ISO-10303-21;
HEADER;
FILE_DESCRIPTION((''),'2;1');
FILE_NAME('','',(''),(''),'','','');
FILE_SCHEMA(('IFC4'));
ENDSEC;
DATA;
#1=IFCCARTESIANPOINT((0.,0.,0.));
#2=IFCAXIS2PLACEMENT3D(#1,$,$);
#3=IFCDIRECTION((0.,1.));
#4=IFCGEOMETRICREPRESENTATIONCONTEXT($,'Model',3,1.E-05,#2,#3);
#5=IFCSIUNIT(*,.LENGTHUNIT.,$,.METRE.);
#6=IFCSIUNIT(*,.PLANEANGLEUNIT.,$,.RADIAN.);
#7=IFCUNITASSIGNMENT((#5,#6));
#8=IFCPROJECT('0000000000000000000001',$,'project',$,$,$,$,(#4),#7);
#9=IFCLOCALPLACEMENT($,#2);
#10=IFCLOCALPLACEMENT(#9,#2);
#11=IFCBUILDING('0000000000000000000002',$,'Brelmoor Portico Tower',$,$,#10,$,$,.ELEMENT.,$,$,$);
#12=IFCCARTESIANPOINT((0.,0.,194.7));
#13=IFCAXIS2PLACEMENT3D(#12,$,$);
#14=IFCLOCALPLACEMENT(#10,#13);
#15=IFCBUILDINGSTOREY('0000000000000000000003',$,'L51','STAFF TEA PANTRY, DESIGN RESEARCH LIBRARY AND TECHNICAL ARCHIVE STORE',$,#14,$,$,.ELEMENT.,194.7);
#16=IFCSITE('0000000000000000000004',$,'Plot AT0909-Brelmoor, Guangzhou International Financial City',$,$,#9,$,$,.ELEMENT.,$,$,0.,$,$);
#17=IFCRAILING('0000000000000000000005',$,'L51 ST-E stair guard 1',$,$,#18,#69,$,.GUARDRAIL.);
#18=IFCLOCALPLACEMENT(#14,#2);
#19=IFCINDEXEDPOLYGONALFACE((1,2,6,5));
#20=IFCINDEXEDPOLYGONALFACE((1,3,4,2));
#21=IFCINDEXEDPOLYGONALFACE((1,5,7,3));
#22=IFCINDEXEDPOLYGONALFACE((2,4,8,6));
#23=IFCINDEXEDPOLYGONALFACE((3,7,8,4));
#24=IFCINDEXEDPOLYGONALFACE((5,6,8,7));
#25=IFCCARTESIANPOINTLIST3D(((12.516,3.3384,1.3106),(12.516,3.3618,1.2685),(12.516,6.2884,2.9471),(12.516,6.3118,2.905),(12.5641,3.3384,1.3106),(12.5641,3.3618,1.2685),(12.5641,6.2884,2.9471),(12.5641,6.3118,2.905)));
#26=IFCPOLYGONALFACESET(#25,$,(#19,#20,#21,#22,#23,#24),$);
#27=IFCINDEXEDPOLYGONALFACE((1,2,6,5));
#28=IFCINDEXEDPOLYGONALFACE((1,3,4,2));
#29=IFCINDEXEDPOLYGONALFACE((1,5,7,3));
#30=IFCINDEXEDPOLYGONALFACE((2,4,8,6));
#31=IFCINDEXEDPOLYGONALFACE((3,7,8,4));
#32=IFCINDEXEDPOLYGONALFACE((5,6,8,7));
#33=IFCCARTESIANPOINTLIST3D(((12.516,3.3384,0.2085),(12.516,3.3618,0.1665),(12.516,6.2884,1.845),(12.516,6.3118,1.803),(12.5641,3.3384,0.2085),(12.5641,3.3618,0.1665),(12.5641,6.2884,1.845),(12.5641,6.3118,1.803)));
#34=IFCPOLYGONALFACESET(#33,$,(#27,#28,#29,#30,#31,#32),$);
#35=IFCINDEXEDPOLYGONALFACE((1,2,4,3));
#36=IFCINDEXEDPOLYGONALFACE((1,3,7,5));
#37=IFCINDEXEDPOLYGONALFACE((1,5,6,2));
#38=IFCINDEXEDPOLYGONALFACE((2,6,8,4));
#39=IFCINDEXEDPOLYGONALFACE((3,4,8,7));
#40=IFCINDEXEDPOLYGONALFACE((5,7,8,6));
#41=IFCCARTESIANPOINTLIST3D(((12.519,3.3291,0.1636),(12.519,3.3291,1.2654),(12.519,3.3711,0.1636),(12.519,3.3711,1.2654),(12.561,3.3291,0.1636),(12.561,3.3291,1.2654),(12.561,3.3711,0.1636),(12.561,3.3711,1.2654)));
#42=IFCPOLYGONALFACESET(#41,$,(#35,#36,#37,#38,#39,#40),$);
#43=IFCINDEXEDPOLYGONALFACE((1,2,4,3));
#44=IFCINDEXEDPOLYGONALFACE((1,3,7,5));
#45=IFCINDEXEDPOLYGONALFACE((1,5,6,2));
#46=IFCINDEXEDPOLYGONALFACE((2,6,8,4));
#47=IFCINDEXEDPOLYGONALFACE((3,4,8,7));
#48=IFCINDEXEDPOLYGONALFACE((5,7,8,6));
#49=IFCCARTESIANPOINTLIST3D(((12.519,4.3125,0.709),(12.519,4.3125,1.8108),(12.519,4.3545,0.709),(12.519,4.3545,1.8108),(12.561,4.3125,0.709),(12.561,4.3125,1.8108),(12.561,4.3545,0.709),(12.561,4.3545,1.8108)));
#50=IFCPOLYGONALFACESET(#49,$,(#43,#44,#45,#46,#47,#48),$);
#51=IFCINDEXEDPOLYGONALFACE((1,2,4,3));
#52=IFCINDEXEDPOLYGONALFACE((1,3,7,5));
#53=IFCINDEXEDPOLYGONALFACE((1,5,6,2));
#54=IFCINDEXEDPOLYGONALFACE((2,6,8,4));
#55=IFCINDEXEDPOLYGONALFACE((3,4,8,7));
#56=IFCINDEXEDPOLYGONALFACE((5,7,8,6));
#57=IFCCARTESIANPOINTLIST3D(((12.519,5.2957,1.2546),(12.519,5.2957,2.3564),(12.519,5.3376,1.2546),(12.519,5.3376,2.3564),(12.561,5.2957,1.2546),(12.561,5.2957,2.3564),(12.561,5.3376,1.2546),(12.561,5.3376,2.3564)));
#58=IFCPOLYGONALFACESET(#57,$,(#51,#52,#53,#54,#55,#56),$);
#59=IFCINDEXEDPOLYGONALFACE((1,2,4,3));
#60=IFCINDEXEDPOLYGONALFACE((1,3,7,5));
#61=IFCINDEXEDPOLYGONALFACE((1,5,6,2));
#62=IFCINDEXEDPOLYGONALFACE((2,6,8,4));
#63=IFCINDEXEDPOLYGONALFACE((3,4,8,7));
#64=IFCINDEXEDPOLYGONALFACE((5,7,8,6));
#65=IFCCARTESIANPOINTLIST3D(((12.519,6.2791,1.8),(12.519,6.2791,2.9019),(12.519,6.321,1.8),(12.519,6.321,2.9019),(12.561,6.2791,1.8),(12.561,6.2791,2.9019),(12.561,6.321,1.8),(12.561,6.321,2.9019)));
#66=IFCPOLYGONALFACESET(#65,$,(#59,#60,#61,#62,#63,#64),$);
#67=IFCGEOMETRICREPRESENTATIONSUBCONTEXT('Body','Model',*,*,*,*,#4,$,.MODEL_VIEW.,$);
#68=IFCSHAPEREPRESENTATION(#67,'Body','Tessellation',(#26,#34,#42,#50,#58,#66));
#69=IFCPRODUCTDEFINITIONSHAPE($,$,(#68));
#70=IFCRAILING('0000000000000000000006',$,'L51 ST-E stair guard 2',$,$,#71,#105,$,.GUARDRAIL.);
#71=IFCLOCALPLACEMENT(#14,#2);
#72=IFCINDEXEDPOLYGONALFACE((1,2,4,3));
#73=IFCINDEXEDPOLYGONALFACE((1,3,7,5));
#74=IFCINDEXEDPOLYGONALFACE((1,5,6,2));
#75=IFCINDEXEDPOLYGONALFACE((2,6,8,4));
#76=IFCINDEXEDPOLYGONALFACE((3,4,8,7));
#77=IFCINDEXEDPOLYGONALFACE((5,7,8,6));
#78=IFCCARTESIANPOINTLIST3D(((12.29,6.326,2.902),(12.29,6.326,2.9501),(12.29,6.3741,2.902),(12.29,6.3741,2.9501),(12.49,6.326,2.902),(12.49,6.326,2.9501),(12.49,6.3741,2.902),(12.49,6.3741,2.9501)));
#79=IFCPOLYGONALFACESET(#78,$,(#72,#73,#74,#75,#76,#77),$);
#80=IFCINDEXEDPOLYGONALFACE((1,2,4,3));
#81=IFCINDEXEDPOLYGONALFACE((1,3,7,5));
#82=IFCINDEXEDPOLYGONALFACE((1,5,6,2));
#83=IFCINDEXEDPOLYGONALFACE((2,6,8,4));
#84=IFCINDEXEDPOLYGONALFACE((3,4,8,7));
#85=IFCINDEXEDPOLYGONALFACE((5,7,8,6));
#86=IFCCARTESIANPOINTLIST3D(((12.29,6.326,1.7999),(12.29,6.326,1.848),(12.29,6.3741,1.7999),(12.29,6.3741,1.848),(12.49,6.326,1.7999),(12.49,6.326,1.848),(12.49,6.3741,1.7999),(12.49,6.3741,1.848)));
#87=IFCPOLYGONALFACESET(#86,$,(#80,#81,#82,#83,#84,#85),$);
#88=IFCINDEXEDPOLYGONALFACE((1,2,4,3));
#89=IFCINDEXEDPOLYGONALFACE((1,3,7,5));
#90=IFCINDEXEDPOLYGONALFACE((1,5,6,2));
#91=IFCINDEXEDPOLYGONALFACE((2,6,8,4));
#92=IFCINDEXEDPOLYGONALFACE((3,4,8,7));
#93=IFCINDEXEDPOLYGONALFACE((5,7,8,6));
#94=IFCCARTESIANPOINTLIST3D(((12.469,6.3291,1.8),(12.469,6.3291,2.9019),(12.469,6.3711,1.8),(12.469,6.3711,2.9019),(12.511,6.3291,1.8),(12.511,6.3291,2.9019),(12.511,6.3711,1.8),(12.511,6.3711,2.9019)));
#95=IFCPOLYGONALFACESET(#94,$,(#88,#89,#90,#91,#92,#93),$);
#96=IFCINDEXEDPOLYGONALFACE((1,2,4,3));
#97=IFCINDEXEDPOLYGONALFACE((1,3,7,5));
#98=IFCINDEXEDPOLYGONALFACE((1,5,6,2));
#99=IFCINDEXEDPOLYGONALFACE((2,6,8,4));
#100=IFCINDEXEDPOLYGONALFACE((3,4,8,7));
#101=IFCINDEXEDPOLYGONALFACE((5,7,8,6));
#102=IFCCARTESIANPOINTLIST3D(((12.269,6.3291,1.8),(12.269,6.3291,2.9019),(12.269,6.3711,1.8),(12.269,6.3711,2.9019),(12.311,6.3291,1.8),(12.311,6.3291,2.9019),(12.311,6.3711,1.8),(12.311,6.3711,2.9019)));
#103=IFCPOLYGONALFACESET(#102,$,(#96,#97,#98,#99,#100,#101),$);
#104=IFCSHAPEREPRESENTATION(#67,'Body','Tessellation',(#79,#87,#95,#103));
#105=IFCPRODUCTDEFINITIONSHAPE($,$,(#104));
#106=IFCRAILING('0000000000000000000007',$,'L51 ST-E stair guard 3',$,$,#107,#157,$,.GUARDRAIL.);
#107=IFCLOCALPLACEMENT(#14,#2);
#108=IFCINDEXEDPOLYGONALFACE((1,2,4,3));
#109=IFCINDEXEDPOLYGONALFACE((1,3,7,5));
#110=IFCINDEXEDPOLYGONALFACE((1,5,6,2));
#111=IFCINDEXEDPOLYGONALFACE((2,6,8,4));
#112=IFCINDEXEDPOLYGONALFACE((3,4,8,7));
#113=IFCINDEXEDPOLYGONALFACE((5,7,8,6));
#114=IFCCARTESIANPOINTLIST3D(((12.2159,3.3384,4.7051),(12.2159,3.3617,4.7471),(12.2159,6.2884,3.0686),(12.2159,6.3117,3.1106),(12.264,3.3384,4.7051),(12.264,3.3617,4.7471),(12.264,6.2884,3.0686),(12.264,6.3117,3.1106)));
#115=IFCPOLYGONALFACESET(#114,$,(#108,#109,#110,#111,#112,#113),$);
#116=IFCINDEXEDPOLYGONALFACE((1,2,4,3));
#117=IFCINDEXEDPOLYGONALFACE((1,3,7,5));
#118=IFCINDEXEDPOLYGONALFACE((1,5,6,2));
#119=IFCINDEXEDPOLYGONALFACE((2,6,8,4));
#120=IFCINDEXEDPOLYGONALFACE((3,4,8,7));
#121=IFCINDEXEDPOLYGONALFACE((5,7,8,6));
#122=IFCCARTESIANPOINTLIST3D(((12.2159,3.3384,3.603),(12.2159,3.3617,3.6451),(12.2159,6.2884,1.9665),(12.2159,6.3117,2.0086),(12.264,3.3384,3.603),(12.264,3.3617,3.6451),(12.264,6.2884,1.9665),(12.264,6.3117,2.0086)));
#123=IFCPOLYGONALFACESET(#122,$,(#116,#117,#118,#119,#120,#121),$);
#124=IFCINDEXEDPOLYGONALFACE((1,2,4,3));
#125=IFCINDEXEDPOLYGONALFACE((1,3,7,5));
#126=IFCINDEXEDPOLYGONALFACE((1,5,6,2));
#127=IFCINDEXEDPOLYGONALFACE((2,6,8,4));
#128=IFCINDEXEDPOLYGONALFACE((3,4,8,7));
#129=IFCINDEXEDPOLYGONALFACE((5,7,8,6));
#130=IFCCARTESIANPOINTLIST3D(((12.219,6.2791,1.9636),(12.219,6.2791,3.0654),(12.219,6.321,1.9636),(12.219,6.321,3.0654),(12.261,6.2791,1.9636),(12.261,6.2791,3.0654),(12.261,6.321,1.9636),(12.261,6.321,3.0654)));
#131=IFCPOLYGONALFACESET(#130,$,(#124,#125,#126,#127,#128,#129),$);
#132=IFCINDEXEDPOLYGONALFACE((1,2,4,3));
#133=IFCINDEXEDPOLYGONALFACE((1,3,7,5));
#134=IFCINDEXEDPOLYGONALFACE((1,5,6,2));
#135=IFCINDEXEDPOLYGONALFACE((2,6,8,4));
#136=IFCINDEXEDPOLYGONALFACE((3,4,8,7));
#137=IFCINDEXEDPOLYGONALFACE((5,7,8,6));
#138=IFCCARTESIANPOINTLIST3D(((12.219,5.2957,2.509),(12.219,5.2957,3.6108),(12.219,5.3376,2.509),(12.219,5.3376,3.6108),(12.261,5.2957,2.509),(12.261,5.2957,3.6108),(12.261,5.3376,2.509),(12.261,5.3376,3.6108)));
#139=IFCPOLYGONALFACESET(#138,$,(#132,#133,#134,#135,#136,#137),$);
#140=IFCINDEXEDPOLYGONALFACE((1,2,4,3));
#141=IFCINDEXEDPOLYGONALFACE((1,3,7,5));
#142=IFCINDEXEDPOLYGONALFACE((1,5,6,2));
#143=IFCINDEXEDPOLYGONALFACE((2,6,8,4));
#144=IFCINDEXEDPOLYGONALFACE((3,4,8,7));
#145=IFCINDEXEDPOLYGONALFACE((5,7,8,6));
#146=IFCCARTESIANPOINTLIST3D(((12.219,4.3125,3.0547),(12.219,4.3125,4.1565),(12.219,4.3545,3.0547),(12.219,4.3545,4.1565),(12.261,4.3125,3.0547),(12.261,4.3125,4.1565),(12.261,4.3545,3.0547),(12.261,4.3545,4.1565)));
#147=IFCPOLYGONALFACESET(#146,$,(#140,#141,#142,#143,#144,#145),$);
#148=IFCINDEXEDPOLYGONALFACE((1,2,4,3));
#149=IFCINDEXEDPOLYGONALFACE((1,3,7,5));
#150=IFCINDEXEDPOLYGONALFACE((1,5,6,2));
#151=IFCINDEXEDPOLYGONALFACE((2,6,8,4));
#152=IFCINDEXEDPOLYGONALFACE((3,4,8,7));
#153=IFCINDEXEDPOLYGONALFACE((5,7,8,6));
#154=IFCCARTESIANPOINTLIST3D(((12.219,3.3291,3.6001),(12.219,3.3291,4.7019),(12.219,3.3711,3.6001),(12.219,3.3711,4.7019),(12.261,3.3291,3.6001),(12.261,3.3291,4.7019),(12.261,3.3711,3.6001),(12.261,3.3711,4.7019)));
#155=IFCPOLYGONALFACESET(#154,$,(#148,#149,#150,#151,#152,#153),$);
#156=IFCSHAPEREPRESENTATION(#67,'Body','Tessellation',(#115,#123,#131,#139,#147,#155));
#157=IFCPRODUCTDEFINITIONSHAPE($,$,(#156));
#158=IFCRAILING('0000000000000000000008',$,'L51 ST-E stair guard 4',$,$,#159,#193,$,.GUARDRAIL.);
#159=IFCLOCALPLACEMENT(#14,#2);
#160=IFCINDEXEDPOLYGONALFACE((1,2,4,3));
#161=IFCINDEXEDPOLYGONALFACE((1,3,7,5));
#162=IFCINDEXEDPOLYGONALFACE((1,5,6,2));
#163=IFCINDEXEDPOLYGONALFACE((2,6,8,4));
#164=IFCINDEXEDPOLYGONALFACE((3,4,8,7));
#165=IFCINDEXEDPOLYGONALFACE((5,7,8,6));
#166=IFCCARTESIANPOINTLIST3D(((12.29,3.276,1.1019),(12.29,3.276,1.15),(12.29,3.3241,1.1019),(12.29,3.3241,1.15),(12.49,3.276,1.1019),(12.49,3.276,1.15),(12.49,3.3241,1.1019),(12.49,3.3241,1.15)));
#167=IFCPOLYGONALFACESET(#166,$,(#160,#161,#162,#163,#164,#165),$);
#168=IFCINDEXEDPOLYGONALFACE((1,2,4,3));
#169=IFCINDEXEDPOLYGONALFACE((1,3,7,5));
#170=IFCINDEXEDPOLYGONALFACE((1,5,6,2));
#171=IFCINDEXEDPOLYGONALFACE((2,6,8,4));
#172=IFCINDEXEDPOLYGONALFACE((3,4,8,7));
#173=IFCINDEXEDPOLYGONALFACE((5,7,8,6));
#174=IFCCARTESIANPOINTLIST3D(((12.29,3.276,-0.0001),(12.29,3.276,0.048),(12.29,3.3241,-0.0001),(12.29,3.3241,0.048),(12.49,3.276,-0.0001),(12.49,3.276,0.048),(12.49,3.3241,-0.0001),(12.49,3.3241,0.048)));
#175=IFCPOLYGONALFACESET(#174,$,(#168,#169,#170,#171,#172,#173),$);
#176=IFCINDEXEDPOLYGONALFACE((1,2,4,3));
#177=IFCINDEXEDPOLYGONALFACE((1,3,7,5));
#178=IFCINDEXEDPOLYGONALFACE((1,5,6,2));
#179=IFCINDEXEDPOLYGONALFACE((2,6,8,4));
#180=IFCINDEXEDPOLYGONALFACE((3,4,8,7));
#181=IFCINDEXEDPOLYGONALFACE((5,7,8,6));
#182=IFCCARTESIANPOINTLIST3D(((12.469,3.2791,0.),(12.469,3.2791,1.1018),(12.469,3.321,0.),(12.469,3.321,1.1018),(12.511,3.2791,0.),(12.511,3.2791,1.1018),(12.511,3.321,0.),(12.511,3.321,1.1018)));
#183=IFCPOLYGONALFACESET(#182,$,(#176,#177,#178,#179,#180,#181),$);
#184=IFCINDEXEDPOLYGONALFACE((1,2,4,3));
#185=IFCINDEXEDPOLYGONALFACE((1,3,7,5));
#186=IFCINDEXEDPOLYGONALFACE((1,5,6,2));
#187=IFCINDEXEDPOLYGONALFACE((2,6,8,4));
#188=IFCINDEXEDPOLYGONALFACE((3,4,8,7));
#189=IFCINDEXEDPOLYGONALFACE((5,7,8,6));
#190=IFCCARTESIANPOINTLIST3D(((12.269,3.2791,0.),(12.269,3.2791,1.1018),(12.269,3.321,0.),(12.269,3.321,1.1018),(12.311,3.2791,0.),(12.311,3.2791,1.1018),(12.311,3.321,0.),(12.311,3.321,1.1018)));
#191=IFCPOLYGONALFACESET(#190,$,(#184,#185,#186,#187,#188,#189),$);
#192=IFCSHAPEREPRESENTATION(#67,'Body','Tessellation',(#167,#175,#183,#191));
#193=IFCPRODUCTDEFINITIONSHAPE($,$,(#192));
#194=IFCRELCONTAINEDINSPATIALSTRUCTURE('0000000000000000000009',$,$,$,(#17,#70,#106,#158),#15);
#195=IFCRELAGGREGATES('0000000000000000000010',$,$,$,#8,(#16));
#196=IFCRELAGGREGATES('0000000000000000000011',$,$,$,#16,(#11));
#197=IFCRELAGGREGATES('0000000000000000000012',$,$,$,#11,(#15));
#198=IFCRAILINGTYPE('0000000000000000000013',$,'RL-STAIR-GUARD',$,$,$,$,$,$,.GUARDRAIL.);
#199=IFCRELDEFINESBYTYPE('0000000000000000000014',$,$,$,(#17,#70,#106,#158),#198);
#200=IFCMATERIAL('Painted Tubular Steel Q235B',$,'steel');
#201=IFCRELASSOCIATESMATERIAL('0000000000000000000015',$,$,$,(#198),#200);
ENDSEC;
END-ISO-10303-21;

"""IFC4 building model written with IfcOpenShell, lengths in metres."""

from ifc_helpers import new_model, si_unit, direction, frame, origin, origin_2d, place, context, subcontext, project, spatial, rectangle, extrude, material, type_object, element, save


model = new_model("IFC4")

# Units and contexts
model_context = context("Model", 3, precision=1e-05, world=origin(), true_north=direction((0.0, 1.0)))
body_context = subcontext(model_context, "Body", "Model", "MODEL_VIEW")
ifc_project = project(units=[si_unit("LENGTHUNIT", "METRE"), si_unit("PLANEANGLEUNIT", "RADIAN")], contexts=[model_context])

# Site, building, storey
site_placement = place(None, origin())
site = spatial("IfcSite", under=ifc_project, at=site_placement, Name="Plot AT0909-Brelmoor, Guangzhou International Financial City", CompositionType="ELEMENT", RefElevation=0.0)
building_placement = place(site_placement, origin())
building = spatial("IfcBuilding", under=site, at=building_placement, Name="Brelmoor Portico Tower", CompositionType="ELEMENT")
storey_placement = place(building_placement, frame((0.0, 0.0, 194.7)))
storey = spatial("IfcBuildingStorey", under=building, at=storey_placement, Name="L51", Description="STAFF TEA PANTRY, DESIGN RESEARCH LIBRARY AND TECHNICAL ARCHIVE STORE", CompositionType="ELEMENT", Elevation=194.7)

# Railings
ifc_material_1 = material(Name="Painted Tubular Steel Q235B", Category="steel")
railing_type_1 = type_object("IfcRailingType", Name="RL-STAIR-GUARD", PredefinedType="GUARDRAIL", material=ifc_material_1)
railing_1_placement = place(storey_placement, frame((12.54, 3.3501, 0.1636)))
element("IfcRailing", 1, at=railing_1_placement, inside=storey, type_object=railing_type_1, Name="L51 ST-E stair guard 1", PredefinedType="GUARDRAIL", context=body_context, shape_type="SweptSolid", body=[
    extrude(rectangle(XDim=0.0481, YDim=0.0481, at=origin_2d()), frame((0.0, 0.0, 1.126), z_axis=(0.0, 0.874458, 0.485102), x_axis=(-1.0, 0.0, 0.0)), (0.0, 0.0, 1.0), 3.3735),
    extrude(rectangle(XDim=0.0481, YDim=0.0481, at=origin_2d()), frame((0.0, 0.0, 0.0239), z_axis=(0.0, 0.874458, 0.485102), x_axis=(-1.0, 0.0, 0.0)), (0.0, 0.0, 1.0), 3.3735),
    extrude(rectangle(XDim=0.042, YDim=0.042, at=origin_2d()), origin(), (0.0, 0.0, 1.0), 1.1018),
    extrude(rectangle(XDim=0.042, YDim=0.042, at=origin_2d()), frame((0.0, 0.9834, 0.5454)), (0.0, 0.0, 1.0), 1.1018),
    extrude(rectangle(XDim=0.042, YDim=0.042, at=origin_2d()), frame((0.0, 1.9666, 1.0911)), (0.0, 0.0, 1.0), 1.1018),
    extrude(rectangle(XDim=0.042, YDim=0.042, at=origin_2d()), frame((0.0, 2.95, 1.6365)), (0.0, 0.0, 1.0), 1.1018),
])
railing_2_placement = place(storey_placement, frame((12.49, 6.3501, 1.8)))
element("IfcRailing", 2, at=railing_2_placement, inside=storey, type_object=railing_type_1, Name="L51 ST-E stair guard 2", PredefinedType="GUARDRAIL", context=body_context, shape_type="SweptSolid", body=[
    extrude(rectangle(XDim=0.0481, YDim=0.0481, at=origin_2d()), frame((0.0, 0.0, 1.126), z_axis=(-1.0, 0.0, 0.0), x_axis=(0.0, -1.0, 0.0)), (0.0, 0.0, 1.0), 0.2),
    extrude(rectangle(XDim=0.0481, YDim=0.0481, at=origin_2d()), frame((0.0, 0.0, 0.0239), z_axis=(-1.0, 0.0, 0.0), x_axis=(0.0, -1.0, 0.0)), (0.0, 0.0, 1.0), 0.2),
    extrude(rectangle(XDim=0.042, YDim=0.042, at=origin_2d()), origin(), (0.0, 0.0, 1.0), 1.1018),
    extrude(rectangle(XDim=0.042, YDim=0.042, at=origin_2d()), frame((-0.2, 0.0, 0.0)), (0.0, 0.0, 1.0), 1.1018),
])
railing_3_placement = place(storey_placement, frame((12.24, 6.3, 1.9636)))
element("IfcRailing", 3, at=railing_3_placement, inside=storey, type_object=railing_type_1, Name="L51 ST-E stair guard 3", PredefinedType="GUARDRAIL", context=body_context, shape_type="SweptSolid", body=[
    extrude(rectangle(XDim=0.0481, YDim=0.0481, at=origin_2d()), frame((0.0, 0.0, 1.126), z_axis=(0.0, -0.874458, 0.485102), x_axis=(1.0, 0.0, 0.0)), (0.0, 0.0, 1.0), 3.3735),
    extrude(rectangle(XDim=0.0481, YDim=0.0481, at=origin_2d()), frame((0.0, 0.0, 0.0239), z_axis=(0.0, -0.874458, 0.485102), x_axis=(1.0, 0.0, 0.0)), (0.0, 0.0, 1.0), 3.3735),
    extrude(rectangle(XDim=0.042, YDim=0.042, at=origin_2d()), origin(), (0.0, 0.0, 1.0), 1.1018),
    extrude(rectangle(XDim=0.042, YDim=0.042, at=origin_2d()), frame((0.0, -0.9834, 0.5454)), (0.0, 0.0, 1.0), 1.1018),
    extrude(rectangle(XDim=0.042, YDim=0.042, at=origin_2d()), frame((0.0, -1.9666, 1.0911)), (0.0, 0.0, 1.0), 1.1018),
    extrude(rectangle(XDim=0.042, YDim=0.042, at=origin_2d()), frame((0.0, -2.95, 1.6365)), (0.0, 0.0, 1.0), 1.1018),
])
railing_4_placement = place(storey_placement, frame((12.49, 3.3, 0.0)))
element("IfcRailing", 4, at=railing_4_placement, inside=storey, type_object=railing_type_1, Name="L51 ST-E stair guard 4", PredefinedType="GUARDRAIL", context=body_context, shape_type="SweptSolid", body=[
    extrude(rectangle(XDim=0.0481, YDim=0.0481, at=origin_2d()), frame((0.0, 0.0, 1.126), z_axis=(-1.0, 0.0, 0.0), x_axis=(0.0, -1.0, 0.0)), (0.0, 0.0, 1.0), 0.2),
    extrude(rectangle(XDim=0.0481, YDim=0.0481, at=origin_2d()), frame((0.0, 0.0, 0.0239), z_axis=(-1.0, 0.0, 0.0), x_axis=(0.0, -1.0, 0.0)), (0.0, 0.0, 1.0), 0.2),
    extrude(rectangle(XDim=0.042, YDim=0.042, at=origin_2d()), origin(), (0.0, 0.0, 1.0), 1.1018),
    extrude(rectangle(XDim=0.042, YDim=0.042, at=origin_2d()), frame((-0.2, 0.0, 0.0)), (0.0, 0.0, 1.0), 1.1018),
])

save(model, "model.ifc")
